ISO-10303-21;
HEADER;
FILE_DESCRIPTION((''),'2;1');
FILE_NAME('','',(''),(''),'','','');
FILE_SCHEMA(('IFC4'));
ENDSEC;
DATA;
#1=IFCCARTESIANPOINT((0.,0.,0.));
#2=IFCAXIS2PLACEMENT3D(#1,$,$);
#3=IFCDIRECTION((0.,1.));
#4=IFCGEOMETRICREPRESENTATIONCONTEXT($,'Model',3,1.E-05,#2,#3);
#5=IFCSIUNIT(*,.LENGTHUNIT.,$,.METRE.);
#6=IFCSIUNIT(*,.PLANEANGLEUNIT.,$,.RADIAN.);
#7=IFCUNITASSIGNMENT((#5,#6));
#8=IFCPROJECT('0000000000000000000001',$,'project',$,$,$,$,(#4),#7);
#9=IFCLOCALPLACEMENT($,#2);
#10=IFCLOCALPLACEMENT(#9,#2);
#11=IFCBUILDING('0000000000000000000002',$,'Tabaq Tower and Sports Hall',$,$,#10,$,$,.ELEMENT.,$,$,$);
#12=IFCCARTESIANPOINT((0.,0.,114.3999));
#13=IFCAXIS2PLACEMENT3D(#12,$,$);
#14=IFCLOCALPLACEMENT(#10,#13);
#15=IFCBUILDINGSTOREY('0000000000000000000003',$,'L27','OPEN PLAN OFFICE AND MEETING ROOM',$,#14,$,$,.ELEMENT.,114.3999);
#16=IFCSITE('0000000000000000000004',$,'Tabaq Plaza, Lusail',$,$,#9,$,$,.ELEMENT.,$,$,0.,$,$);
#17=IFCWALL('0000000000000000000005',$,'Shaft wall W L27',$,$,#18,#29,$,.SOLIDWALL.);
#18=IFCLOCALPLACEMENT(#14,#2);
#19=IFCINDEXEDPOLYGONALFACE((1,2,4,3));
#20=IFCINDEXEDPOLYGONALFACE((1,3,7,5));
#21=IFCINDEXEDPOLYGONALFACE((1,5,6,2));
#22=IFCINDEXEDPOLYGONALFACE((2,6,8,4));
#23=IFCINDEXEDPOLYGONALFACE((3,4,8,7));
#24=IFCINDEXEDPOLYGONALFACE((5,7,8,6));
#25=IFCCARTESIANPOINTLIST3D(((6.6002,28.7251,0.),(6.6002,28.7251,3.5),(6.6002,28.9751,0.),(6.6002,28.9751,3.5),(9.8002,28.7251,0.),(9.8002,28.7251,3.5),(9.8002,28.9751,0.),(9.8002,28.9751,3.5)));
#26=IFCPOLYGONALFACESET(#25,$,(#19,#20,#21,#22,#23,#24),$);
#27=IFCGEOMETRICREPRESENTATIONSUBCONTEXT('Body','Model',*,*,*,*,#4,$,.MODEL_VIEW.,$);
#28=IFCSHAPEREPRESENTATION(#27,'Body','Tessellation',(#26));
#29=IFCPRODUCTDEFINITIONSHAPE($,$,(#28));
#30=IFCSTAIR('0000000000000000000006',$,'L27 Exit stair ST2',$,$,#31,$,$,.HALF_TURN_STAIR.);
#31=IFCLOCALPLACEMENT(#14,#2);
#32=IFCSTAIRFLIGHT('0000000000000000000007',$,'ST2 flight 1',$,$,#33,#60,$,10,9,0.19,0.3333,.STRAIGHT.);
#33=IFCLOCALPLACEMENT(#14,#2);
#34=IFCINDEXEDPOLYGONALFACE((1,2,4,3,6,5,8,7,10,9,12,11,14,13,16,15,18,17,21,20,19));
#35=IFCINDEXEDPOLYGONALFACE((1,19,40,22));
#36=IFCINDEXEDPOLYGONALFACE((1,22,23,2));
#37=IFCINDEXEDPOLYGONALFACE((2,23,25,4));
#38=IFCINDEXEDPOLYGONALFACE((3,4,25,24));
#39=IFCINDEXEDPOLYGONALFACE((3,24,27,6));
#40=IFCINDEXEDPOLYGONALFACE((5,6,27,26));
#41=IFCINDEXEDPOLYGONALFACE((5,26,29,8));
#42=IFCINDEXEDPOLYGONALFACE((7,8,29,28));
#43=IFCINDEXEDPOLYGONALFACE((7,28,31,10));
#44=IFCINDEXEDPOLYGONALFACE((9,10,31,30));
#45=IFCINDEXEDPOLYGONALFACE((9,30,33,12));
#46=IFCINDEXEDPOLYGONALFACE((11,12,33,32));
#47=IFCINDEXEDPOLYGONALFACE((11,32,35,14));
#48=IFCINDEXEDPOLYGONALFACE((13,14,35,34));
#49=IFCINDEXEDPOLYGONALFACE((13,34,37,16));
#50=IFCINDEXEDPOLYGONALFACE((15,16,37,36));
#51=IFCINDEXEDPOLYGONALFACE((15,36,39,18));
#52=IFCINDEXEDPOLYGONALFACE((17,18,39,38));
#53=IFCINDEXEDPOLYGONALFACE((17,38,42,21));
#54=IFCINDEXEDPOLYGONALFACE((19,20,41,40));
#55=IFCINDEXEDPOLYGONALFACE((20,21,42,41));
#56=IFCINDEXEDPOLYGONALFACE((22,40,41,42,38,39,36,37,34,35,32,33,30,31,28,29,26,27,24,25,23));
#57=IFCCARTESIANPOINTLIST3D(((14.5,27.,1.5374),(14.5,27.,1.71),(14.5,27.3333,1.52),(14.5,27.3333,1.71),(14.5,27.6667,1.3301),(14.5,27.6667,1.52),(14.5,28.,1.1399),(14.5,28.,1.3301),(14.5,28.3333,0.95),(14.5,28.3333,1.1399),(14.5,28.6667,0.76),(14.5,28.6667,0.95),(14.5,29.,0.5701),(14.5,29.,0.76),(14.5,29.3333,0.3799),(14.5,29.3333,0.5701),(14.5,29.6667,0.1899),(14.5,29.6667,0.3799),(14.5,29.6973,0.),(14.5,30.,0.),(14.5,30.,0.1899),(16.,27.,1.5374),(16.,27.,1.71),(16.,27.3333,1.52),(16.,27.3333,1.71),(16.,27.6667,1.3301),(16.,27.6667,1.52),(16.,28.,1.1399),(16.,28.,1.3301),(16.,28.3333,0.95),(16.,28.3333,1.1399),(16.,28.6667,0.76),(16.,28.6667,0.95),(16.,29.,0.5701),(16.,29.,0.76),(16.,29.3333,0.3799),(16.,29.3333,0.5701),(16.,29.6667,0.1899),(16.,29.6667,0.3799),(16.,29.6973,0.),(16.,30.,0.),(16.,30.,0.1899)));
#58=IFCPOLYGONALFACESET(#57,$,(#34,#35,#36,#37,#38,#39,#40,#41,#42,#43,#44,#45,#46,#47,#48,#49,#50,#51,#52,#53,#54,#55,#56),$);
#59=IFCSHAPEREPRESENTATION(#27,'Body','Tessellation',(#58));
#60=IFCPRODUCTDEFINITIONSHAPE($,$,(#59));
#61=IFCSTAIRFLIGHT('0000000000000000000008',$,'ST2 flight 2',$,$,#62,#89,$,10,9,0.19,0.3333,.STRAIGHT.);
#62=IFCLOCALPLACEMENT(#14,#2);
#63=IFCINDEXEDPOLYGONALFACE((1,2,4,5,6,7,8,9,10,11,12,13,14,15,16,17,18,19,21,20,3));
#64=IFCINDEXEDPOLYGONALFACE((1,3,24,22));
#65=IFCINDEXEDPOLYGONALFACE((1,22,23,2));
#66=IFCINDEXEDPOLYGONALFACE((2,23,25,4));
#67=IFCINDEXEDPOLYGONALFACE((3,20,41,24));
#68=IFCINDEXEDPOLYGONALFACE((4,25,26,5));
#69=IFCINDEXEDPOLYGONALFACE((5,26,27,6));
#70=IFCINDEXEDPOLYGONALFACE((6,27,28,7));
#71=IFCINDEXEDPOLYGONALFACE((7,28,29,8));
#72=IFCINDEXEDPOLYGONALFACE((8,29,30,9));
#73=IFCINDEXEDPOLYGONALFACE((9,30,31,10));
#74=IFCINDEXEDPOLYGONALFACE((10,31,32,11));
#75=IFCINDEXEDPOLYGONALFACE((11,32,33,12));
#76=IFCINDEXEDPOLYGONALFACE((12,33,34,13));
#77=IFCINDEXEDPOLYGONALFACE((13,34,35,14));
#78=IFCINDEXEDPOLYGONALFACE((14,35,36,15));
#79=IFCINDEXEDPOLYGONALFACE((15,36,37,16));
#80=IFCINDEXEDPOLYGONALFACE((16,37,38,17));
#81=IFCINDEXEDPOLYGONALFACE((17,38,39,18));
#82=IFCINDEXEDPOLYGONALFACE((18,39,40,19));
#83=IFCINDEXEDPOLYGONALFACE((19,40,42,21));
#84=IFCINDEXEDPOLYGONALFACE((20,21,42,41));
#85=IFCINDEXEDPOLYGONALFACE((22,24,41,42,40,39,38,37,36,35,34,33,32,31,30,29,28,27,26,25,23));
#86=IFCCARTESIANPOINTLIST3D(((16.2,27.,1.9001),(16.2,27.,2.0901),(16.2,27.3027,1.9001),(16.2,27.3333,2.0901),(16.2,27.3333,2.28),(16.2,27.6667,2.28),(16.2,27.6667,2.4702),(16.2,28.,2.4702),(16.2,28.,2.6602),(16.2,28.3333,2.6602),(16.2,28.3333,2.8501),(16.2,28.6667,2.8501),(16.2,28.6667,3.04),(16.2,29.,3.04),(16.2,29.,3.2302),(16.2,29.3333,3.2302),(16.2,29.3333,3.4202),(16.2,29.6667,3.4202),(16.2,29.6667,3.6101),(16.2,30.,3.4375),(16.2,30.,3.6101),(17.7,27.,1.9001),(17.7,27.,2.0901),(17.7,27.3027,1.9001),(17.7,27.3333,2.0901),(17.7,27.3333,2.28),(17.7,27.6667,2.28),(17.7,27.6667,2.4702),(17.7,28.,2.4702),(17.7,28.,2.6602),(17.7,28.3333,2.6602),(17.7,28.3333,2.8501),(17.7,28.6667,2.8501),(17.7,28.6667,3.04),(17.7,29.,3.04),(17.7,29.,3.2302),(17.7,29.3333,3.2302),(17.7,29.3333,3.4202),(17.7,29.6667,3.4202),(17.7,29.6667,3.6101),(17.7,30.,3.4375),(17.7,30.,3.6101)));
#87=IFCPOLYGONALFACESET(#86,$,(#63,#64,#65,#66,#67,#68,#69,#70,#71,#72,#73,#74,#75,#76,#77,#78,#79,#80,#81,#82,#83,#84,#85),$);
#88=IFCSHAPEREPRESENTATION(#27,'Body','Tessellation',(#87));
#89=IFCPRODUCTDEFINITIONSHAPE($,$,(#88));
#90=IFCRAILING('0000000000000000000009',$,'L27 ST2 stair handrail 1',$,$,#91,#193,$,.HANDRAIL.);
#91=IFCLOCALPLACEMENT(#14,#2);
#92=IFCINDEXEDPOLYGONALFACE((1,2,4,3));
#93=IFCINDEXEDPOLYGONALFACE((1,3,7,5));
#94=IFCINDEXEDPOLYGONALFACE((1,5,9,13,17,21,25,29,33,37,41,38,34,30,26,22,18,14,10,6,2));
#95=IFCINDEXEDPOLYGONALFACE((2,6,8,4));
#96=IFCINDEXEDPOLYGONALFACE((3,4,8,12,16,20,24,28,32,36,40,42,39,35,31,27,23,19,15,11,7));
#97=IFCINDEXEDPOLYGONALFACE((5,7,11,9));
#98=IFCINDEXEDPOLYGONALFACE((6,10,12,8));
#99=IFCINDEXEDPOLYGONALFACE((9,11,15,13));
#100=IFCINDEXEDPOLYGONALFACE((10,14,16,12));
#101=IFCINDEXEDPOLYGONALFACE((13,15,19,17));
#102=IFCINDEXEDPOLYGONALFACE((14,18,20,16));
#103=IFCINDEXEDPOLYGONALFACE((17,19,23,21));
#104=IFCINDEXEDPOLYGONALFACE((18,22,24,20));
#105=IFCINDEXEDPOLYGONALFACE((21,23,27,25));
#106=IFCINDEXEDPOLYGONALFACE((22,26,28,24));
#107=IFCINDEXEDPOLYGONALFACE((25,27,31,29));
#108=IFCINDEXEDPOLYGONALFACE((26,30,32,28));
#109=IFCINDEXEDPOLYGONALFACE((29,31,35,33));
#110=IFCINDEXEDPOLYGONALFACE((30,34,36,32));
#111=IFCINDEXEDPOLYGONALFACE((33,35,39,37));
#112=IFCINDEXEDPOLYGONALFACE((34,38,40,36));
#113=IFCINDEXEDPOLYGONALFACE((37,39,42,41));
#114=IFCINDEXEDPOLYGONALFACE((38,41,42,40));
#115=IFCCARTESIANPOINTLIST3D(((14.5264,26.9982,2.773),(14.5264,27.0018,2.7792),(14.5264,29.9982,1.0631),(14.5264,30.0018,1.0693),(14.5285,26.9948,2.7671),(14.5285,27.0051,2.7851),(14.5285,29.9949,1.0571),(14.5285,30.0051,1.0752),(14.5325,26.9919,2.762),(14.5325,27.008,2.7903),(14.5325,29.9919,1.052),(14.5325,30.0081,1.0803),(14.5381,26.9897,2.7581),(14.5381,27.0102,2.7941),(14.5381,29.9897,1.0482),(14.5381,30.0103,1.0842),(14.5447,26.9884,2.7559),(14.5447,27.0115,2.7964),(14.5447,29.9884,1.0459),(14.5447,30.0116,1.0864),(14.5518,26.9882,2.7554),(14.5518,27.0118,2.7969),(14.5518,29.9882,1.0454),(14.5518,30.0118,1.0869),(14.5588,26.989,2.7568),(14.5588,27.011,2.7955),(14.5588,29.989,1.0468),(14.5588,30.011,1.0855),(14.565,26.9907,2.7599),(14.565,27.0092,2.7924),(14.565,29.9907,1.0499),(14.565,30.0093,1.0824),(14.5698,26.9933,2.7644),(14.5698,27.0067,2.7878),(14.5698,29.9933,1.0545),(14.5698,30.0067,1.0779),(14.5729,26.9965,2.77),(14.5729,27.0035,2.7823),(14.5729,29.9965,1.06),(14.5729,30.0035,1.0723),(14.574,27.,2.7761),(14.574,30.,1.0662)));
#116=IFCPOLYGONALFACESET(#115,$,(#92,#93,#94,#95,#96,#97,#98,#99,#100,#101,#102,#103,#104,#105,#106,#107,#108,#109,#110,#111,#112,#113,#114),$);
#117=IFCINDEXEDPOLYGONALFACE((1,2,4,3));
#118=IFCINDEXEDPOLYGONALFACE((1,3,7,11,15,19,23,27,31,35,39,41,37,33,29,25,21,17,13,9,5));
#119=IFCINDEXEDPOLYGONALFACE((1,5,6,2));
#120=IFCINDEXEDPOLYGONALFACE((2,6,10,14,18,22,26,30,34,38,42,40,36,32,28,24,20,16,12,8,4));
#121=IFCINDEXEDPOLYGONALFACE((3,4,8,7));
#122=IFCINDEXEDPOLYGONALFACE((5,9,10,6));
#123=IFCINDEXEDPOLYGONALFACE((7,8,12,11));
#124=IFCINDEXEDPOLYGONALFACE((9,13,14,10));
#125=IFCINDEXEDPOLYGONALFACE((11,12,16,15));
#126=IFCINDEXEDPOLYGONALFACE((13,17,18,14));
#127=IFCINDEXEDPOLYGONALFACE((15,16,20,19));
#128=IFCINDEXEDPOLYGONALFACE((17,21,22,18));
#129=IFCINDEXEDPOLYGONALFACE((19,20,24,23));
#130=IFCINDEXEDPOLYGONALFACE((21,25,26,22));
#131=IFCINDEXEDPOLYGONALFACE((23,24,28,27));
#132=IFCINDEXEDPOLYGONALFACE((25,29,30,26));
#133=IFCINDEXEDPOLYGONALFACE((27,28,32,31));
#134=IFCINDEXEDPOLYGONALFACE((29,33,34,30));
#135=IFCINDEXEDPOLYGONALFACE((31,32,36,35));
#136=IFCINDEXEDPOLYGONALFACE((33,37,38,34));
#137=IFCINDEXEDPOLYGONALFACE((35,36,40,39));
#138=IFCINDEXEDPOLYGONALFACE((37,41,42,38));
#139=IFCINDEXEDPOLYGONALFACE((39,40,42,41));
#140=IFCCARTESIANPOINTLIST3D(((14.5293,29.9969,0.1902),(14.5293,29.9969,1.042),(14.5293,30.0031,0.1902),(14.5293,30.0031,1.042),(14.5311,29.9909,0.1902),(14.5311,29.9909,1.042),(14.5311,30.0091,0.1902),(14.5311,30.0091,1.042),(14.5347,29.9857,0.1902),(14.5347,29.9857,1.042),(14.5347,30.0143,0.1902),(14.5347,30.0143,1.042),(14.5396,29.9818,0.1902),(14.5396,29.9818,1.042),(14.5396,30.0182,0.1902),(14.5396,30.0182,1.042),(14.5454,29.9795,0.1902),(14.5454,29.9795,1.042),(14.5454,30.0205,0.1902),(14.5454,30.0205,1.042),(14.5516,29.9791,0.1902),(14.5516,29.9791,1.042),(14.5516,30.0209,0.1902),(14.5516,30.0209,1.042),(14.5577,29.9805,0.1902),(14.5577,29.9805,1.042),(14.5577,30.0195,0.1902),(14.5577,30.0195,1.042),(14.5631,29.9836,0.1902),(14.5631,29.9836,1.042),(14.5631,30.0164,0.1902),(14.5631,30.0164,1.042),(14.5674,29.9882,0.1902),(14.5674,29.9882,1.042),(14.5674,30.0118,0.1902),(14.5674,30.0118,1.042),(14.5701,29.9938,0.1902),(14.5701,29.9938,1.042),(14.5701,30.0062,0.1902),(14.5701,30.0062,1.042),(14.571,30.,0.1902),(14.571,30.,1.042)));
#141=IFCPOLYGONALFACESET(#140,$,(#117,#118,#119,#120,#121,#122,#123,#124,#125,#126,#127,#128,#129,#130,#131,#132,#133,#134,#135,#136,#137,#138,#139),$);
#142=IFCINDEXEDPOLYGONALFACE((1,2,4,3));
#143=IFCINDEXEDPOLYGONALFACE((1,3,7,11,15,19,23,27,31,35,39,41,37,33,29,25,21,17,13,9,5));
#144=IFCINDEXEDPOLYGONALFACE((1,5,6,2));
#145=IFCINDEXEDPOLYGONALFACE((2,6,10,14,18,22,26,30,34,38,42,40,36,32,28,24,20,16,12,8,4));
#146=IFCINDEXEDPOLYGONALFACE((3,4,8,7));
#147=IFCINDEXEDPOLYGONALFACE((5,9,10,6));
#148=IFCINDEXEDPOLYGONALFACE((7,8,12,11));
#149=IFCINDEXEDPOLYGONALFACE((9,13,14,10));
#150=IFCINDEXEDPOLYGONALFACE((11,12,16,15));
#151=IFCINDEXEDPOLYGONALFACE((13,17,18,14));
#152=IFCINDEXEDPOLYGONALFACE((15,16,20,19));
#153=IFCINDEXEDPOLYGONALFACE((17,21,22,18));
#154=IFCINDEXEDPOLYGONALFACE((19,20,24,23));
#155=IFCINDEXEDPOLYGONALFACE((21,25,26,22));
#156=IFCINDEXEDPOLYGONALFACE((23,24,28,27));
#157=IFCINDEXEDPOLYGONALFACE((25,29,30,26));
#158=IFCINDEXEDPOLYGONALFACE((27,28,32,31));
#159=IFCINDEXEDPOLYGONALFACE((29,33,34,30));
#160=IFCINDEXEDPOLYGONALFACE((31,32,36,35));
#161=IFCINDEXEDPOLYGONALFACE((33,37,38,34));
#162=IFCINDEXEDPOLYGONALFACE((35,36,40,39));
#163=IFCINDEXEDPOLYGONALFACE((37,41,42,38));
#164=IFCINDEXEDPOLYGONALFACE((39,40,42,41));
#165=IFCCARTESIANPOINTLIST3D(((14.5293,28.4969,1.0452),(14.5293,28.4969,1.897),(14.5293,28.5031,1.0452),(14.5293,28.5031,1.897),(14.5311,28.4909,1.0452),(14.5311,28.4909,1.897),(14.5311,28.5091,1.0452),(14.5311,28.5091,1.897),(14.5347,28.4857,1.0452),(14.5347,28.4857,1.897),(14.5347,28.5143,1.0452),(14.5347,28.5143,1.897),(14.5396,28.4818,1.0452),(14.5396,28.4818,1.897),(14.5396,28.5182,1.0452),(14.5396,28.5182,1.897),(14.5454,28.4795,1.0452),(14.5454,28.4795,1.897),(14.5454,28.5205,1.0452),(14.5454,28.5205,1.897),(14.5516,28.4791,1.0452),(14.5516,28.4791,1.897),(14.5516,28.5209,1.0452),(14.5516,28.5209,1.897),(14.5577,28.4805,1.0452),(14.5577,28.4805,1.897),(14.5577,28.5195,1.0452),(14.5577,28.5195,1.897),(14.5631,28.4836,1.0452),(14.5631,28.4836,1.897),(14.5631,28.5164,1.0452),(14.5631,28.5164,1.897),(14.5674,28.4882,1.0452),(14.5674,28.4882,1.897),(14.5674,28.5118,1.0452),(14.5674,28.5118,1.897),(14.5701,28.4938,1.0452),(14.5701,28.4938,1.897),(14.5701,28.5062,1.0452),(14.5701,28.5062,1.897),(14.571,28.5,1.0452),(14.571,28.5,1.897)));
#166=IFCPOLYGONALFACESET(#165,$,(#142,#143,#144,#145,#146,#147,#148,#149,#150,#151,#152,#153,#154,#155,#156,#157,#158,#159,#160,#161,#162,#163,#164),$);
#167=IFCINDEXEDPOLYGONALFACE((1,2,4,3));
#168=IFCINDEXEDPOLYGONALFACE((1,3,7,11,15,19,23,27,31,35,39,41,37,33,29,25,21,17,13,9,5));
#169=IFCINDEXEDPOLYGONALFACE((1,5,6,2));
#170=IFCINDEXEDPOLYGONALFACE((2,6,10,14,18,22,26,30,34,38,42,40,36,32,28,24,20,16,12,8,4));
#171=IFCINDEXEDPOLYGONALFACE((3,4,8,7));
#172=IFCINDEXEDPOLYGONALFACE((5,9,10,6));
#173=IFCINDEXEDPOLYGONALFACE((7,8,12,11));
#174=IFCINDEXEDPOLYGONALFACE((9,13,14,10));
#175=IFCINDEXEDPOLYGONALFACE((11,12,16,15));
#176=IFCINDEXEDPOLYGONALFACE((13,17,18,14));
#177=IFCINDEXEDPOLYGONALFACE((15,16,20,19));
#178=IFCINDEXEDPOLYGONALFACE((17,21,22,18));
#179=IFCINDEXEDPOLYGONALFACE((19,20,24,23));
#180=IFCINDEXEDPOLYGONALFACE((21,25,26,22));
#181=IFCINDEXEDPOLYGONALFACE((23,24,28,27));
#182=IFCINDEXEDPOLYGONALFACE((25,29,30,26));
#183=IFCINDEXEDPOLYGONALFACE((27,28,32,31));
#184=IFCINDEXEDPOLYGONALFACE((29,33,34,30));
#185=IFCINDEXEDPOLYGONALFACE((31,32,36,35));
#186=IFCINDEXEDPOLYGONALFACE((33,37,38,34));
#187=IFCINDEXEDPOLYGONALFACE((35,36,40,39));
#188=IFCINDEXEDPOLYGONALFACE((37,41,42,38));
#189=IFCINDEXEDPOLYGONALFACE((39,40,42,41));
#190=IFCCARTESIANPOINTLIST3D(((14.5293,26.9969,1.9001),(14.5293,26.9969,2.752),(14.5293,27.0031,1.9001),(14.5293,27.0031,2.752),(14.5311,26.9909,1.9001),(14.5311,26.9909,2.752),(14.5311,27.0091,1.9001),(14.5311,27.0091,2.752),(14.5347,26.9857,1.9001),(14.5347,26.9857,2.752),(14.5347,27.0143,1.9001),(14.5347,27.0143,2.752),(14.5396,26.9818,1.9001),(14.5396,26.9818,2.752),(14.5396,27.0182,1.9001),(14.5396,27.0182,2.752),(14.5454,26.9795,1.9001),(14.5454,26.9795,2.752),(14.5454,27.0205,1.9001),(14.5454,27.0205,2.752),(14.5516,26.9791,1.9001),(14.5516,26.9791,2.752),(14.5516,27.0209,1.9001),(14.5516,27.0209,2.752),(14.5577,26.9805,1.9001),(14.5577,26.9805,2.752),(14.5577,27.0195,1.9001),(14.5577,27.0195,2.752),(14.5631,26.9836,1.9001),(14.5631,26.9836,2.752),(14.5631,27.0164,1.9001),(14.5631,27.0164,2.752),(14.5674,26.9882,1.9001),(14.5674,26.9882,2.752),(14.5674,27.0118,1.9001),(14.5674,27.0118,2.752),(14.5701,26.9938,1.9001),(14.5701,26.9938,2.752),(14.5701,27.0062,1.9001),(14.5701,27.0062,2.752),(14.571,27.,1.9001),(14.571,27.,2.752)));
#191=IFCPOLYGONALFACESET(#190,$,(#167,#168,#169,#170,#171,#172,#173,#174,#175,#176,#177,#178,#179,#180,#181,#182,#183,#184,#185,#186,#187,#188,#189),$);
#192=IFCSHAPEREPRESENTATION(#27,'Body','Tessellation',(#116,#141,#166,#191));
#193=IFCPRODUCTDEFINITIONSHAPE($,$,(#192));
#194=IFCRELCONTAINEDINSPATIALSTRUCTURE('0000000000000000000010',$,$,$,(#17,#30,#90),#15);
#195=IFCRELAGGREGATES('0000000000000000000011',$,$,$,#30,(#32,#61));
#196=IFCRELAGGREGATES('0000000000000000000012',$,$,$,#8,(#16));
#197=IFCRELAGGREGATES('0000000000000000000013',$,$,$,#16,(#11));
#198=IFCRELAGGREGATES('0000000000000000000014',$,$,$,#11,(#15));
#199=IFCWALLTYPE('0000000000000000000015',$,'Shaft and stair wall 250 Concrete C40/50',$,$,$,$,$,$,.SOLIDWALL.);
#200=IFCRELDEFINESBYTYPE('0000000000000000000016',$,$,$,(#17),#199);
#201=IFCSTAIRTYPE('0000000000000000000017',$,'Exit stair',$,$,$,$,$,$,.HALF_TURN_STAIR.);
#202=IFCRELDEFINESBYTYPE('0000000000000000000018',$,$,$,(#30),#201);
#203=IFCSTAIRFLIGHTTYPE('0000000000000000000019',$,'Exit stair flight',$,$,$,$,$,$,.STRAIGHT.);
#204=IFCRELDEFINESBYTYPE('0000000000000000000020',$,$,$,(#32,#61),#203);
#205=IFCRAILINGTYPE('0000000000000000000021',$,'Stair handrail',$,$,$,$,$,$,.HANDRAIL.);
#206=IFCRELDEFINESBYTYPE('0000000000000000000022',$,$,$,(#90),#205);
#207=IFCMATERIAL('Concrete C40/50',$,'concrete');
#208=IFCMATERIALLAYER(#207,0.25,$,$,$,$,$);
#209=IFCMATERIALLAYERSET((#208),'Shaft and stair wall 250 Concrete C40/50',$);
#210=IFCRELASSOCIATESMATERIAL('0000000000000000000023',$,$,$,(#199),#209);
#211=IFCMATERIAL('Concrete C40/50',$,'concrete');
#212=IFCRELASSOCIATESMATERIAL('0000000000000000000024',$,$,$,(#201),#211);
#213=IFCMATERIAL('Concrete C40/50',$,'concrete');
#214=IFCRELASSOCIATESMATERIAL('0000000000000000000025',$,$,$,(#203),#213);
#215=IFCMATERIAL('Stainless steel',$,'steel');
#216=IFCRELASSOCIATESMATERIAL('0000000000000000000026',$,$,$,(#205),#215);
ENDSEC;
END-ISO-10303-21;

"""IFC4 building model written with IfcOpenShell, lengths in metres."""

from ifc_helpers import new_model, si_unit, direction, frame, frame_2d, origin, origin_2d, place, context, subcontext, project, spatial, polyline, rectangle, circle, outline, extrude, material, layer, layer_set, type_object, element, aggregate, save


model = new_model("IFC4")

# Units and contexts
model_context = context("Model", 3, precision=1e-05, world=origin(), true_north=direction((0.0, 1.0)))
body_context = subcontext(model_context, "Body", "Model", "MODEL_VIEW")
ifc_project = project(units=[si_unit("LENGTHUNIT", "METRE"), si_unit("PLANEANGLEUNIT", "RADIAN")], contexts=[model_context])

# Site, building, storey
site_placement = place(None, origin())
site = spatial("IfcSite", under=ifc_project, at=site_placement, Name="Tabaq Plaza, Lusail", CompositionType="ELEMENT", RefElevation=0.0)
building_placement = place(site_placement, origin())
building = spatial("IfcBuilding", under=site, at=building_placement, Name="Tabaq Tower and Sports Hall", CompositionType="ELEMENT")
storey_placement = place(building_placement, frame((0.0, 0.0, 114.3999)))
storey = spatial("IfcBuildingStorey", under=building, at=storey_placement, Name="L27", Description="OPEN PLAN OFFICE AND MEETING ROOM", CompositionType="ELEMENT", Elevation=114.3999)

# Shared definitions
ifc_material_1 = material(Name="Concrete C40/50", Category="concrete")
ifc_layer_1 = layer(ifc_material_1, 0.25)
ifc_layer_set_1 = layer_set([ifc_layer_1], Name="Shaft and stair wall 250 Concrete C40/50")
wall_type_1 = type_object("IfcWallType", Name="Shaft and stair wall 250 Concrete C40/50", PredefinedType="SOLIDWALL", material=ifc_layer_set_1)

# Wall
wall_1_placement = place(storey_placement, frame((6.6001, 28.8501, 0.0), z_axis=(0.0, 0.0, 1.0), x_axis=(1.0, 0.0, 0.0)))
element("IfcWall", 1, at=wall_1_placement, inside=storey, type_object=wall_type_1, Name="Shaft wall W L27", PredefinedType="SOLIDWALL", context=body_context, shape_type="SweptSolid", body=[
    extrude(rectangle(XDim=3.2, YDim=0.25, at=frame_2d((1.6001, 0.0))), origin(), (0.0, 0.0, 1.0), 3.5),
])

# Stair, stair flights
ifc_material_2 = material(Name="Concrete C40/50", Category="concrete")
stair_type = type_object("IfcStairType", Name="Exit stair", PredefinedType="HALF_TURN_STAIR", material=ifc_material_2)
stair_placement = place(storey_placement, origin())
stair = element("IfcStair", 2, at=stair_placement, inside=storey, type_object=stair_type, Name="L27 Exit stair ST2", PredefinedType="HALF_TURN_STAIR")
ifc_material_3 = material(Name="Concrete C40/50", Category="concrete")
stair_flight_type = type_object("IfcStairFlightType", Name="Exit stair flight", PredefinedType="STRAIGHT", material=ifc_material_3)
stair_flight_1_placement = place(storey_placement, frame((15.25, 30.0, 0.0), z_axis=(0.0, 0.0, 1.0), x_axis=(0.0, -1.0, 0.0)))
stair_flight_1 = element("IfcStairFlight", 3, at=stair_flight_1_placement, type_object=stair_flight_type, Name="ST2 flight 1", NumberOfRisers=10, NumberOfTreads=9, PredefinedType="STRAIGHT", RiserHeight=0.19, TreadLength=0.3333, context=body_context, shape_type="SweptSolid", body=[
    extrude(outline(polyline([(0.0, 0.0), (0.0, 0.1899), (0.3333, 0.1899), (0.3333, 0.3799), (0.6667, 0.3799), (0.6667, 0.5701), (1.0, 0.5701), (1.0, 0.76), (1.3333, 0.76), (1.3333, 0.95), (1.6667, 0.95), (1.6667, 1.1399), (2.0, 1.1399), (2.0, 1.3301), (2.3333, 1.3301), (2.3333, 1.52), (2.6667, 1.52), (2.6667, 1.71), (3.0, 1.71), (3.0, 1.8999), (3.0, 1.5374), (0.3027, 0.0), (0.0, 0.0)])), frame((0.0, 0.75, 0.0), z_axis=(0.0, -1.0, 0.0), x_axis=(1.0, 0.0, 0.0)), (0.0, 0.0, 1.0), 1.5),
])
stair_flight_2_placement = place(storey_placement, frame((16.95, 27.0, 1.9001), z_axis=(0.0, 0.0, 1.0), x_axis=(0.0, 1.0, 0.0)))
stair_flight_2 = element("IfcStairFlight", 4, at=stair_flight_2_placement, type_object=stair_flight_type, Name="ST2 flight 2", NumberOfRisers=10, NumberOfTreads=9, PredefinedType="STRAIGHT", RiserHeight=0.19, TreadLength=0.3333, context=body_context, shape_type="SweptSolid", body=[
    extrude(outline(polyline([(0.0, 0.0), (0.0, 0.1899), (0.3333, 0.1899), (0.3333, 0.3799), (0.6667, 0.3799), (0.6667, 0.5701), (1.0, 0.5701), (1.0, 0.76), (1.3333, 0.76), (1.3333, 0.95), (1.6667, 0.95), (1.6667, 1.1399), (2.0, 1.1399), (2.0, 1.3301), (2.3333, 1.3301), (2.3333, 1.52), (2.6667, 1.52), (2.6667, 1.71), (3.0, 1.71), (3.0, 1.8999), (3.0, 1.5374), (0.3027, 0.0), (0.0, 0.0)])), frame((0.0, 0.75, 0.0), z_axis=(0.0, -1.0, 0.0), x_axis=(1.0, 0.0, 0.0)), (0.0, 0.0, 1.0), 1.5),
])
aggregate(stair, [stair_flight_1, stair_flight_2])

# Railing
ifc_material_4 = material(Name="Stainless steel", Category="steel")
railing_type_1 = type_object("IfcRailingType", Name="Stair handrail", PredefinedType="HANDRAIL", material=ifc_material_4)
railing_1_placement = place(storey_placement, frame((14.55, 30.0, 0.1902)))
element("IfcRailing", 5, at=railing_1_placement, inside=storey, type_object=railing_type_1, Name="L27 ST2 stair handrail 1", PredefinedType="HANDRAIL", context=body_context, shape_type="SweptSolid", body=[
    extrude(circle(Radius=0.0239, at=origin_2d()), frame((0.0, 0.0, 0.876), z_axis=(0.0, -0.868782, 0.495195), x_axis=(1.0, 0.0, 0.0)), (0.0, 0.0, 1.0), 3.4531),
    extrude(circle(Radius=0.021, at=origin_2d()), origin(), (0.0, 0.0, 1.0), 0.8518),
    extrude(circle(Radius=0.021, at=origin_2d()), frame((0.0, -1.5, 0.855)), (0.0, 0.0, 1.0), 0.8518),
    extrude(circle(Radius=0.021, at=origin_2d()), frame((0.0, -3.0, 1.71)), (0.0, 0.0, 1.0), 0.8518),
])

save(model, "model.ifc")
